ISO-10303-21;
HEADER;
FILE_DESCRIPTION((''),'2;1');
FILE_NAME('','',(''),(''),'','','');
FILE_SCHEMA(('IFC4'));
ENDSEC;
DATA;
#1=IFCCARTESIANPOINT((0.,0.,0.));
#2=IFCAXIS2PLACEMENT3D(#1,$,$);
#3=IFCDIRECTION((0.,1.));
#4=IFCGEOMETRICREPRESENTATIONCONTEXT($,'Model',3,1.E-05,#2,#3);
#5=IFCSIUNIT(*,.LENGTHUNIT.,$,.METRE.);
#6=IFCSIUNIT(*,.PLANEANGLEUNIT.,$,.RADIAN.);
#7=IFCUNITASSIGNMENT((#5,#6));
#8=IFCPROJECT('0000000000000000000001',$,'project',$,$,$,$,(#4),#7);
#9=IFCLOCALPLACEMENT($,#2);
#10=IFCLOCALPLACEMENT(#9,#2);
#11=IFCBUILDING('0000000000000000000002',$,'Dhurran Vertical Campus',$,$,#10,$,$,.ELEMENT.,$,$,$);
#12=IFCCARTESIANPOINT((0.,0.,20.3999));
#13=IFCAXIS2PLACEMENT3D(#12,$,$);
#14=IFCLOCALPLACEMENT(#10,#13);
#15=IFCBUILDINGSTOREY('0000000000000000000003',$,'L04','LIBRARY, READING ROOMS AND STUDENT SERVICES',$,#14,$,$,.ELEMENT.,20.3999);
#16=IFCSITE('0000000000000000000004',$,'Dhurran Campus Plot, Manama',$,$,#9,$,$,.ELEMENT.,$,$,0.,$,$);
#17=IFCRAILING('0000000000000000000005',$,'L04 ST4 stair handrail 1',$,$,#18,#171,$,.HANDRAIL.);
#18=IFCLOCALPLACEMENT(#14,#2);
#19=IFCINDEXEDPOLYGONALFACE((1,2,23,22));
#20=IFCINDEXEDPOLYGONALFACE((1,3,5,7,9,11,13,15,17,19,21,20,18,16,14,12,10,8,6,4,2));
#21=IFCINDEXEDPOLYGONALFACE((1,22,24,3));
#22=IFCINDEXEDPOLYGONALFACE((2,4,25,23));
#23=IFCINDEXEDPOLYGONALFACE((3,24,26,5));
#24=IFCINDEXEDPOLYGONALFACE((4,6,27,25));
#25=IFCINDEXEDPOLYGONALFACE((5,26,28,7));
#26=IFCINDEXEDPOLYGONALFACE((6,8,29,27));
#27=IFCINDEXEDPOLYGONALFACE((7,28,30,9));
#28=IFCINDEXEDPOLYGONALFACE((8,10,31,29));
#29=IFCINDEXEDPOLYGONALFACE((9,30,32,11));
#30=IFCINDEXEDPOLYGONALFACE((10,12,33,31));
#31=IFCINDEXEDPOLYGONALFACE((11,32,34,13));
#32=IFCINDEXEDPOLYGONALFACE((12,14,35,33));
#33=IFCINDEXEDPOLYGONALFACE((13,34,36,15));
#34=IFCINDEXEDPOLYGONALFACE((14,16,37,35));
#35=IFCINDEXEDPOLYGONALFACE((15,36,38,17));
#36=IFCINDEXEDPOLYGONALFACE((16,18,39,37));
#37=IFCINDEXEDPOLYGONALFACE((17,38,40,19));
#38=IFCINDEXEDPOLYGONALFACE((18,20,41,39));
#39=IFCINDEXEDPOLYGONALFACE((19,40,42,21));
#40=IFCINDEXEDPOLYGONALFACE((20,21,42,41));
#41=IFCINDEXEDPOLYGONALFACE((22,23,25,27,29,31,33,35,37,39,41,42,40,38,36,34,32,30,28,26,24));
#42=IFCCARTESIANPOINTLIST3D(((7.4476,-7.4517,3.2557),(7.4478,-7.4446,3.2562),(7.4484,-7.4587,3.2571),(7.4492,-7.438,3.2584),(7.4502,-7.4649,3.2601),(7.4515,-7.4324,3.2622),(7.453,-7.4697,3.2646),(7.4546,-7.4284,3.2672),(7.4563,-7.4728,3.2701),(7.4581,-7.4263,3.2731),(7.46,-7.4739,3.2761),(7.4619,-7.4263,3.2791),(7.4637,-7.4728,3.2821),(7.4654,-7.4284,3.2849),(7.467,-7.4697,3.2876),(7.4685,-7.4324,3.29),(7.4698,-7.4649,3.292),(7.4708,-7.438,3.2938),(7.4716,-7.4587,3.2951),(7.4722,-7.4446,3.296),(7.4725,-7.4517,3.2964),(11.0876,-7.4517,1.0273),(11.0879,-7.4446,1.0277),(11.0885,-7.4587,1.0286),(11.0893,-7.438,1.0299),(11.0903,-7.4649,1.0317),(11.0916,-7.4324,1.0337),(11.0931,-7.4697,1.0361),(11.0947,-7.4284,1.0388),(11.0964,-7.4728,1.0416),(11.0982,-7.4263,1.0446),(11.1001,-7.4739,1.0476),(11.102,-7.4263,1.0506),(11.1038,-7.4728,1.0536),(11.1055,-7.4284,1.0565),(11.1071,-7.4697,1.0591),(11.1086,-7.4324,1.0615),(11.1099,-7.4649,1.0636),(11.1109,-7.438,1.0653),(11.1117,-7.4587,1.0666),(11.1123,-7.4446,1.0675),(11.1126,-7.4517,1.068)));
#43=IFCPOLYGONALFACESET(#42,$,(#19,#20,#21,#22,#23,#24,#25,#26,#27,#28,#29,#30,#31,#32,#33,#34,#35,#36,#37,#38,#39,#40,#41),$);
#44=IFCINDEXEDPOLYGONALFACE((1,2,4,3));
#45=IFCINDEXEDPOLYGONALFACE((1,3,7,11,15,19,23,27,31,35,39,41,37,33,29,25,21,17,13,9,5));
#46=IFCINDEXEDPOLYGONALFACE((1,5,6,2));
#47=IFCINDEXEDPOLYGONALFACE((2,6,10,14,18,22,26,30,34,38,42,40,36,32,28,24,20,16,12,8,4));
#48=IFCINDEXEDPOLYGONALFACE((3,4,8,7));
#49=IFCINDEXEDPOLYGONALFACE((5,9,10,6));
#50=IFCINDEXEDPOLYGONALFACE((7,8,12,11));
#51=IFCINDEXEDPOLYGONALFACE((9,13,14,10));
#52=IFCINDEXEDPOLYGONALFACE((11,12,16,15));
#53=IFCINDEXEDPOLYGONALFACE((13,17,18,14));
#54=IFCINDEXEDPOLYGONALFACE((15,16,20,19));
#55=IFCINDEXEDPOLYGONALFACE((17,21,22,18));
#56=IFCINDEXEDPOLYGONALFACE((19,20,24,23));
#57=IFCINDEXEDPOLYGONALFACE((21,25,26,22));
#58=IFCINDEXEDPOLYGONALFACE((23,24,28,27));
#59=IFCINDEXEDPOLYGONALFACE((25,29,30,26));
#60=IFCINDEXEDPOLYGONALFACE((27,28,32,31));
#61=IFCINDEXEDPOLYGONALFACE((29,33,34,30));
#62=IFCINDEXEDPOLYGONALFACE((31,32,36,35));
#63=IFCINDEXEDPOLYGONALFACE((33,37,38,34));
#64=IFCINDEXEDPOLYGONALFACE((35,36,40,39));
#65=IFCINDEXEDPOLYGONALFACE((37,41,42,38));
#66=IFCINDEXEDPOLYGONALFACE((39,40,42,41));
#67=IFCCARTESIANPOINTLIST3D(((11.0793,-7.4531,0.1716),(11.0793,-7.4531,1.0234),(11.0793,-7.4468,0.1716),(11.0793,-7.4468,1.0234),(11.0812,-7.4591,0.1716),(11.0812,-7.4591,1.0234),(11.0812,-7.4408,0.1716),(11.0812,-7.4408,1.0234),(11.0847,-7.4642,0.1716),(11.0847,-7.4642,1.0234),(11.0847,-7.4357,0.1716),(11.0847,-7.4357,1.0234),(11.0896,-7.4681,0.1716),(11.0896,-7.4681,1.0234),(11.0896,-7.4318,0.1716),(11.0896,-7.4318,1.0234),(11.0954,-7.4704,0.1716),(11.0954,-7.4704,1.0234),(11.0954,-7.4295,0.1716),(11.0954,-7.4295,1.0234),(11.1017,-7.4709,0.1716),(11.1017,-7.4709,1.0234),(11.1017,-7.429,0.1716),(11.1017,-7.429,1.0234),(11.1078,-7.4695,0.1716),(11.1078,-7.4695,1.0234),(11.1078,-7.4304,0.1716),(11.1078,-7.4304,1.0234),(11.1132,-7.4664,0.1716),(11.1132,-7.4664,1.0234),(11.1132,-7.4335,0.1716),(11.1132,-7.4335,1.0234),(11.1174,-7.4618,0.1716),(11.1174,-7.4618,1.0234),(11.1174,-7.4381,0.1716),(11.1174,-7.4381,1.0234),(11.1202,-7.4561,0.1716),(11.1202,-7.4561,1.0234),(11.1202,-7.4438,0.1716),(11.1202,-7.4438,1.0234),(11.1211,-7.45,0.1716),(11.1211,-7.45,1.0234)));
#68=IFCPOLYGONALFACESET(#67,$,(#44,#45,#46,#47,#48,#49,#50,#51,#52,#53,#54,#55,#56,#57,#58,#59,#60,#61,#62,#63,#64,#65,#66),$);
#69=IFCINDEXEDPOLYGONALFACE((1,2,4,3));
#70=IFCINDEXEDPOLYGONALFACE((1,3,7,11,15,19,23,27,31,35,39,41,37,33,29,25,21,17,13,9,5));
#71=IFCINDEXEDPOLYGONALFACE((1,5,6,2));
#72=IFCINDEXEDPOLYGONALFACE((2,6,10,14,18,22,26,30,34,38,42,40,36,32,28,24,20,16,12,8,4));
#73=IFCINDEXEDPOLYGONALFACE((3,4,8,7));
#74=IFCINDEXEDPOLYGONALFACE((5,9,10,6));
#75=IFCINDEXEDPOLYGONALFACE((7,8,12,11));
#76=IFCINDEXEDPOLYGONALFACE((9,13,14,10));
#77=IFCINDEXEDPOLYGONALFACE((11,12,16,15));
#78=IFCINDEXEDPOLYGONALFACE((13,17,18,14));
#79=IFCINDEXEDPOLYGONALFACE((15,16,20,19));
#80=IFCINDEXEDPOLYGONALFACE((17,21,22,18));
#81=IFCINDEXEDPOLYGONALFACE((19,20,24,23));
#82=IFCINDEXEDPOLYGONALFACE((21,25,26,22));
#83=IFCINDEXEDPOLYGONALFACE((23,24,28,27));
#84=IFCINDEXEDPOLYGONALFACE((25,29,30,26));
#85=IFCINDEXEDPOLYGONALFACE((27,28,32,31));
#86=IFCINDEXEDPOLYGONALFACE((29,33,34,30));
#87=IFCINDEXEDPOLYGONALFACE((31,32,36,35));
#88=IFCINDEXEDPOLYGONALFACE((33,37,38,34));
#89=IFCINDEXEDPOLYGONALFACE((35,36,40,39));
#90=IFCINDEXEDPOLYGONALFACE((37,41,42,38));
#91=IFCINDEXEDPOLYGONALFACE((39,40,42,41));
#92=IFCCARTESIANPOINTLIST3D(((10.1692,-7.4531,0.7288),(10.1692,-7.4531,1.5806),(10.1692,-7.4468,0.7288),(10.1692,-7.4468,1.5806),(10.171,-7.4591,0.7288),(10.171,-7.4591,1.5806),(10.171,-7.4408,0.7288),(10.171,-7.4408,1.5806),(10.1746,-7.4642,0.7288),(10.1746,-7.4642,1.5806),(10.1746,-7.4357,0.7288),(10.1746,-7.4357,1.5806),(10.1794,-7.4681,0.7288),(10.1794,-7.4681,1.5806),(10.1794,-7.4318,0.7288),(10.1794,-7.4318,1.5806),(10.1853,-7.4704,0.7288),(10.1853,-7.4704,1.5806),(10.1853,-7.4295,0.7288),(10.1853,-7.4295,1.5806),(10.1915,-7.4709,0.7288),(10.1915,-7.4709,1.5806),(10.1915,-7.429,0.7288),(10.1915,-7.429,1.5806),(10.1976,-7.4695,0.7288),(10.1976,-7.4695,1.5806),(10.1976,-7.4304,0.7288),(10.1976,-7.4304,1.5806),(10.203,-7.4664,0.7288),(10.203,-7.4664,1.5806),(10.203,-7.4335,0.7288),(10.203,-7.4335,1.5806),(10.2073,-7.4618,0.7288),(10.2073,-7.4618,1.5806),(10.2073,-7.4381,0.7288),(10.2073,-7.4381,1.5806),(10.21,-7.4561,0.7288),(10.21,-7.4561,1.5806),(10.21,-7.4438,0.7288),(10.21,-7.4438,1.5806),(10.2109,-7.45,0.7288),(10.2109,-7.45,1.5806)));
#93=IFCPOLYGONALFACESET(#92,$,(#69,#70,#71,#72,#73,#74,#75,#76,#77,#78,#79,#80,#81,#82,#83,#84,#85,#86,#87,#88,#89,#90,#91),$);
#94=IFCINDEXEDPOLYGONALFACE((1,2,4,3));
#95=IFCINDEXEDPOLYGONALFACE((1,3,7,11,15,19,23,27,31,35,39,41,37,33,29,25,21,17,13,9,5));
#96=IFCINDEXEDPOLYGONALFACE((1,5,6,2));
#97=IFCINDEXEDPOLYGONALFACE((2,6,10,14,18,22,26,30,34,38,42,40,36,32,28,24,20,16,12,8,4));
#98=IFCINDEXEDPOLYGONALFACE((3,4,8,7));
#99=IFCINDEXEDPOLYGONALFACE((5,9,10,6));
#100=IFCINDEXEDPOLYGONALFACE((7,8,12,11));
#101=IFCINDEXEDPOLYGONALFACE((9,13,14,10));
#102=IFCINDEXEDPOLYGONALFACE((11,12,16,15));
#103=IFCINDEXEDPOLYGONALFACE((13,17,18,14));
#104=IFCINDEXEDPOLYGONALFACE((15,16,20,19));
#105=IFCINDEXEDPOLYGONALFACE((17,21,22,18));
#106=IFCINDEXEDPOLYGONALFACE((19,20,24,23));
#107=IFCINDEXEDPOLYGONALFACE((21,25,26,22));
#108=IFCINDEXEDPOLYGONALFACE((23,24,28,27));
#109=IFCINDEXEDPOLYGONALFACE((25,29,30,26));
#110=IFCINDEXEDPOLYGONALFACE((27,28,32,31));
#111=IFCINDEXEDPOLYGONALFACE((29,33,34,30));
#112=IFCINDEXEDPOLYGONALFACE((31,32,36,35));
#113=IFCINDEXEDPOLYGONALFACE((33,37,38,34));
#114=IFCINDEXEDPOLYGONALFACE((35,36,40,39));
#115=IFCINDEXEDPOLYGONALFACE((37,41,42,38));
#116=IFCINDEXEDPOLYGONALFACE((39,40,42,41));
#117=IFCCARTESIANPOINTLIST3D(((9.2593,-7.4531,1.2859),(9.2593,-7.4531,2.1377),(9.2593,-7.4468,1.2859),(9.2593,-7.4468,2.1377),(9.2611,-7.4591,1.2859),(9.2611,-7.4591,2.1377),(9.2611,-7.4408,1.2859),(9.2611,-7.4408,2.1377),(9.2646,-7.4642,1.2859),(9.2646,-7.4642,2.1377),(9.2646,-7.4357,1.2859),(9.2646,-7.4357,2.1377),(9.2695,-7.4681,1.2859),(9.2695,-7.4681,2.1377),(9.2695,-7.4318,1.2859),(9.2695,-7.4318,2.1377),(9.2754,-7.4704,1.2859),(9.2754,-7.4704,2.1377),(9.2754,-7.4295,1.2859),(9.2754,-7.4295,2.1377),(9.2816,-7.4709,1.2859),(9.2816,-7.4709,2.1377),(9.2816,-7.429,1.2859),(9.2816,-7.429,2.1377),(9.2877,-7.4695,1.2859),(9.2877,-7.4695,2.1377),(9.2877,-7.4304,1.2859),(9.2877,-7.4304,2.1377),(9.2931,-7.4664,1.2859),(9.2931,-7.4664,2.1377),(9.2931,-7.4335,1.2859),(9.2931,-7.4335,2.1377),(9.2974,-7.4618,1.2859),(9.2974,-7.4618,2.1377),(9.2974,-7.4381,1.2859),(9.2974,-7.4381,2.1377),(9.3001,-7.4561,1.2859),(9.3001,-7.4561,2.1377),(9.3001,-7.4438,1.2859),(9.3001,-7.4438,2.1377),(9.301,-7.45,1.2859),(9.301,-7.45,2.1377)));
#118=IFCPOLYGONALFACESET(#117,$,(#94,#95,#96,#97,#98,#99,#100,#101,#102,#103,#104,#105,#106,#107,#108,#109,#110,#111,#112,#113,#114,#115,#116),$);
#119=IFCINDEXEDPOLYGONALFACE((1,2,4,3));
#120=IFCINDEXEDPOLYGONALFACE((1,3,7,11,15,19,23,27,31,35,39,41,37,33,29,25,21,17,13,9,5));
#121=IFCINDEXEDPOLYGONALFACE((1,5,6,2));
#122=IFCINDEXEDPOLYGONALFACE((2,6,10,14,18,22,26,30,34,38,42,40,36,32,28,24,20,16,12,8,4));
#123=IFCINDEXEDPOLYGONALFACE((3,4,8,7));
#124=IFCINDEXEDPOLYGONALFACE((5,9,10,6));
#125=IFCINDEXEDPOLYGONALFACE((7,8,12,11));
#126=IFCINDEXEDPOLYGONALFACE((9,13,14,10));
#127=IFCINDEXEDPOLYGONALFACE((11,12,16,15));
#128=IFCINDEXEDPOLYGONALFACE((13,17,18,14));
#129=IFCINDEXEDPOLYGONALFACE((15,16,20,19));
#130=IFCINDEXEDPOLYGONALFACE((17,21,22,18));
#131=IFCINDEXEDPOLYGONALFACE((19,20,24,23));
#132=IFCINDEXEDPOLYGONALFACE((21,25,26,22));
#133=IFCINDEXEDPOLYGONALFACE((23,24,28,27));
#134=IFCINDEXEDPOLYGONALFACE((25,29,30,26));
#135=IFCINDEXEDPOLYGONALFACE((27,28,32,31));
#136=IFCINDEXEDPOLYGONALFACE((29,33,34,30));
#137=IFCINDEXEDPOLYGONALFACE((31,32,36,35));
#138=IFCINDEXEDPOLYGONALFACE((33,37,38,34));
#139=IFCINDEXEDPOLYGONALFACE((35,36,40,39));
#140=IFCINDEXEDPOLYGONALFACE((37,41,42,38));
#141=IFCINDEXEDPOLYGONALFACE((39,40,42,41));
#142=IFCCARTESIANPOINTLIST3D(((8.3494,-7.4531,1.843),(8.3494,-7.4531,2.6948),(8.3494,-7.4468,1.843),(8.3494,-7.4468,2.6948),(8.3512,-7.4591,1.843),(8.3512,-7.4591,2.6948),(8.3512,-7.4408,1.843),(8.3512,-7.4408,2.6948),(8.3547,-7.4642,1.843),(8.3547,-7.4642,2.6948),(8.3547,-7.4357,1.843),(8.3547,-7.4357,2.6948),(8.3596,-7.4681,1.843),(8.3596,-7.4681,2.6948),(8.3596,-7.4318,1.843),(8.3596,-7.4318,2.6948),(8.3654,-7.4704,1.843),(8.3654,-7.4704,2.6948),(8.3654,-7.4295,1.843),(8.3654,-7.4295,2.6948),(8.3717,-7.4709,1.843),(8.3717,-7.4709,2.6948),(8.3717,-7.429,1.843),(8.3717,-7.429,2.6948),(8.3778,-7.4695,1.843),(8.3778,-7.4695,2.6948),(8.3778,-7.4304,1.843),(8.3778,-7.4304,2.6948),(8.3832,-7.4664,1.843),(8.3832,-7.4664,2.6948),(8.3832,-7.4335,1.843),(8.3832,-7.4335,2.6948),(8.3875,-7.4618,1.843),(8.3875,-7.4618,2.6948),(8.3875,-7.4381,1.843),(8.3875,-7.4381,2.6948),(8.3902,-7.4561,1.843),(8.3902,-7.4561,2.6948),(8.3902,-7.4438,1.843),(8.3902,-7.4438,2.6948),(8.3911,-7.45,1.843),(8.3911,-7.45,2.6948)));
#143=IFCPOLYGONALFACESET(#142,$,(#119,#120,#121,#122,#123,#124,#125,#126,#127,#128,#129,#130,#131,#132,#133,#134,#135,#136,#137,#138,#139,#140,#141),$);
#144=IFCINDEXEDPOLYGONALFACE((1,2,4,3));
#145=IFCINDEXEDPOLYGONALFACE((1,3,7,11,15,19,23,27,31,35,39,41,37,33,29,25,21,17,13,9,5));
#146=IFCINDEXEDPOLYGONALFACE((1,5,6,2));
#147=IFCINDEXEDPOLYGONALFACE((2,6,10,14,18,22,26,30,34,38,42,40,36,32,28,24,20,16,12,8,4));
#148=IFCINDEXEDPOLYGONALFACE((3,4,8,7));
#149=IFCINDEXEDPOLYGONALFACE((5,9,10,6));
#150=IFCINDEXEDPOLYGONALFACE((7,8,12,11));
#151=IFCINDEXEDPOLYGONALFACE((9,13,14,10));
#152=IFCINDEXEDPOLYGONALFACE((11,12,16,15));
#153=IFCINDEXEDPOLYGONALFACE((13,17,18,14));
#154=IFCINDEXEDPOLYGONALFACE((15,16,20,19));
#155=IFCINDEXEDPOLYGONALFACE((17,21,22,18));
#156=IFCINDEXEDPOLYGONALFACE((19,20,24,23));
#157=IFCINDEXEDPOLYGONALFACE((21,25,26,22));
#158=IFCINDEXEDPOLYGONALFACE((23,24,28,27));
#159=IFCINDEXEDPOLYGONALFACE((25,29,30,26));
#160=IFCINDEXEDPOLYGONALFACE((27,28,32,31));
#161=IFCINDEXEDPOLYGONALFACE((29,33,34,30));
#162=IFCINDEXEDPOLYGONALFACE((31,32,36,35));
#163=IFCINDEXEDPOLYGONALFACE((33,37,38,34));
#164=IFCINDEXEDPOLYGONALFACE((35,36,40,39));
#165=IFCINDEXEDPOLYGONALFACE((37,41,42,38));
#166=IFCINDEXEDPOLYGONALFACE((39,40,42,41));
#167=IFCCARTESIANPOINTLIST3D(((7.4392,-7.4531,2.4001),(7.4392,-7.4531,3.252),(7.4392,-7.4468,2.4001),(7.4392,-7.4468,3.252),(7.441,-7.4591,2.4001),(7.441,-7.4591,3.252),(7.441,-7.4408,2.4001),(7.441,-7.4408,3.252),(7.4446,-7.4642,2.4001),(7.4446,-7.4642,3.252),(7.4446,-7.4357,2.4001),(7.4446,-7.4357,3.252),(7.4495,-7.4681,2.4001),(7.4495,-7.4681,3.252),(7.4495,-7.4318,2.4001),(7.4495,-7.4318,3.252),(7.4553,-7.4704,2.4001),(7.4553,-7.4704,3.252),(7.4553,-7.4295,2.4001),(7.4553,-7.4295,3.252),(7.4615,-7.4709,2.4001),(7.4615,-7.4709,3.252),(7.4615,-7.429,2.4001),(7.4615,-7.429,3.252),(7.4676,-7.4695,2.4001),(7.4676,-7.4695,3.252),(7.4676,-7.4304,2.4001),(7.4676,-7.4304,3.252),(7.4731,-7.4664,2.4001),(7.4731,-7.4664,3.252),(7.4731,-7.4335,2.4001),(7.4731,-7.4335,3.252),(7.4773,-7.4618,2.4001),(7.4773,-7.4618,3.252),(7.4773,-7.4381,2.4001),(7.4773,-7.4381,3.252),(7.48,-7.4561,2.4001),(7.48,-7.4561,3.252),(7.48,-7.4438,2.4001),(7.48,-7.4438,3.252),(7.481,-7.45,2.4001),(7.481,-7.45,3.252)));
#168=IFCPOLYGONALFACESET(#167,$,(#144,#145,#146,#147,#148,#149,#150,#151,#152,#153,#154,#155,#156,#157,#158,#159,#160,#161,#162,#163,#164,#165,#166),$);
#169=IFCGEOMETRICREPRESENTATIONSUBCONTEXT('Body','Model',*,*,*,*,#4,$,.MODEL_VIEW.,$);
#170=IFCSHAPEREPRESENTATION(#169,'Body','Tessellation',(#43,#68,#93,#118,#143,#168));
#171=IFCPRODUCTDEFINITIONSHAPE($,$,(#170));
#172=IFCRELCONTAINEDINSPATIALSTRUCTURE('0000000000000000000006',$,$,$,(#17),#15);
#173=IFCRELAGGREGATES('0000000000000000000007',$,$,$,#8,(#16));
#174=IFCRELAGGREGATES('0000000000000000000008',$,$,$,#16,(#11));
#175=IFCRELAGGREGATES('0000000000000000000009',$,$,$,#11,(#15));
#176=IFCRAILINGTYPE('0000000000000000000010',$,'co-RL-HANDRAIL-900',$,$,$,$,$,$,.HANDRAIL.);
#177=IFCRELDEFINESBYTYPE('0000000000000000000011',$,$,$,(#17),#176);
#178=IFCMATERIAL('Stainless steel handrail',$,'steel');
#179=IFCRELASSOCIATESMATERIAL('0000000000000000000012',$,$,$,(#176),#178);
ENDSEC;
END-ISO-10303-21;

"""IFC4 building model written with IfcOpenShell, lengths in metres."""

from ifc_helpers import new_model, si_unit, direction, frame, origin, origin_2d, place, context, subcontext, project, spatial, circle, extrude, material, type_object, element, save


model = new_model("IFC4")

# Units and contexts
model_context = context("Model", 3, precision=1e-05, world=origin(), true_north=direction((0.0, 1.0)))
body_context = subcontext(model_context, "Body", "Model", "MODEL_VIEW")
ifc_project = project(units=[si_unit("LENGTHUNIT", "METRE"), si_unit("PLANEANGLEUNIT", "RADIAN")], contexts=[model_context])

# Site, building, storey
site_placement = place(None, origin())
site = spatial("IfcSite", under=ifc_project, at=site_placement, Name="Dhurran Campus Plot, Manama", CompositionType="ELEMENT", RefElevation=0.0)
building_placement = place(site_placement, origin())
building = spatial("IfcBuilding", under=site, at=building_placement, Name="Dhurran Vertical Campus", CompositionType="ELEMENT")
storey_placement = place(building_placement, frame((0.0, 0.0, 20.3999)))
storey = spatial("IfcBuildingStorey", under=building, at=storey_placement, Name="L04", Description="LIBRARY, READING ROOMS AND STUDENT SERVICES", CompositionType="ELEMENT", Elevation=20.3999)

# Railing
ifc_material_1 = material(Name="Stainless steel handrail", Category="steel")
railing_type_1 = type_object("IfcRailingType", Name="co-RL-HANDRAIL-900", PredefinedType="HANDRAIL", material=ifc_material_1)
railing_1_placement = place(storey_placement, frame((11.1001, -7.45, 0.1716)))
element("IfcRailing", 1, at=railing_1_placement, inside=storey, type_object=railing_type_1, Name="L04 ST4 stair handrail 1", PredefinedType="HANDRAIL", context=body_context, shape_type="SweptSolid", body=[
    extrude(circle(Radius=0.0239, at=origin_2d()), frame((0.0, 0.0, 0.876), z_axis=(-0.852866, 0.0, 0.52213), x_axis=(0.0, -1.0, 0.0)), (0.0, 0.0, 1.0), 4.2681),
    extrude(circle(Radius=0.021, at=origin_2d()), origin(), (0.0, 0.0, 1.0), 0.8518),
    extrude(circle(Radius=0.021, at=origin_2d()), frame((-0.9102, 0.0, 0.5571)), (0.0, 0.0, 1.0), 0.8518),
    extrude(circle(Radius=0.021, at=origin_2d()), frame((-1.8201, 0.0, 1.1143)), (0.0, 0.0, 1.0), 0.8518),
    extrude(circle(Radius=0.021, at=origin_2d()), frame((-2.73, 0.0, 1.6714)), (0.0, 0.0, 1.0), 0.8518),
    extrude(circle(Radius=0.021, at=origin_2d()), frame((-3.6401, 0.0, 2.2285)), (0.0, 0.0, 1.0), 0.8518),
])

save(model, "model.ifc")
